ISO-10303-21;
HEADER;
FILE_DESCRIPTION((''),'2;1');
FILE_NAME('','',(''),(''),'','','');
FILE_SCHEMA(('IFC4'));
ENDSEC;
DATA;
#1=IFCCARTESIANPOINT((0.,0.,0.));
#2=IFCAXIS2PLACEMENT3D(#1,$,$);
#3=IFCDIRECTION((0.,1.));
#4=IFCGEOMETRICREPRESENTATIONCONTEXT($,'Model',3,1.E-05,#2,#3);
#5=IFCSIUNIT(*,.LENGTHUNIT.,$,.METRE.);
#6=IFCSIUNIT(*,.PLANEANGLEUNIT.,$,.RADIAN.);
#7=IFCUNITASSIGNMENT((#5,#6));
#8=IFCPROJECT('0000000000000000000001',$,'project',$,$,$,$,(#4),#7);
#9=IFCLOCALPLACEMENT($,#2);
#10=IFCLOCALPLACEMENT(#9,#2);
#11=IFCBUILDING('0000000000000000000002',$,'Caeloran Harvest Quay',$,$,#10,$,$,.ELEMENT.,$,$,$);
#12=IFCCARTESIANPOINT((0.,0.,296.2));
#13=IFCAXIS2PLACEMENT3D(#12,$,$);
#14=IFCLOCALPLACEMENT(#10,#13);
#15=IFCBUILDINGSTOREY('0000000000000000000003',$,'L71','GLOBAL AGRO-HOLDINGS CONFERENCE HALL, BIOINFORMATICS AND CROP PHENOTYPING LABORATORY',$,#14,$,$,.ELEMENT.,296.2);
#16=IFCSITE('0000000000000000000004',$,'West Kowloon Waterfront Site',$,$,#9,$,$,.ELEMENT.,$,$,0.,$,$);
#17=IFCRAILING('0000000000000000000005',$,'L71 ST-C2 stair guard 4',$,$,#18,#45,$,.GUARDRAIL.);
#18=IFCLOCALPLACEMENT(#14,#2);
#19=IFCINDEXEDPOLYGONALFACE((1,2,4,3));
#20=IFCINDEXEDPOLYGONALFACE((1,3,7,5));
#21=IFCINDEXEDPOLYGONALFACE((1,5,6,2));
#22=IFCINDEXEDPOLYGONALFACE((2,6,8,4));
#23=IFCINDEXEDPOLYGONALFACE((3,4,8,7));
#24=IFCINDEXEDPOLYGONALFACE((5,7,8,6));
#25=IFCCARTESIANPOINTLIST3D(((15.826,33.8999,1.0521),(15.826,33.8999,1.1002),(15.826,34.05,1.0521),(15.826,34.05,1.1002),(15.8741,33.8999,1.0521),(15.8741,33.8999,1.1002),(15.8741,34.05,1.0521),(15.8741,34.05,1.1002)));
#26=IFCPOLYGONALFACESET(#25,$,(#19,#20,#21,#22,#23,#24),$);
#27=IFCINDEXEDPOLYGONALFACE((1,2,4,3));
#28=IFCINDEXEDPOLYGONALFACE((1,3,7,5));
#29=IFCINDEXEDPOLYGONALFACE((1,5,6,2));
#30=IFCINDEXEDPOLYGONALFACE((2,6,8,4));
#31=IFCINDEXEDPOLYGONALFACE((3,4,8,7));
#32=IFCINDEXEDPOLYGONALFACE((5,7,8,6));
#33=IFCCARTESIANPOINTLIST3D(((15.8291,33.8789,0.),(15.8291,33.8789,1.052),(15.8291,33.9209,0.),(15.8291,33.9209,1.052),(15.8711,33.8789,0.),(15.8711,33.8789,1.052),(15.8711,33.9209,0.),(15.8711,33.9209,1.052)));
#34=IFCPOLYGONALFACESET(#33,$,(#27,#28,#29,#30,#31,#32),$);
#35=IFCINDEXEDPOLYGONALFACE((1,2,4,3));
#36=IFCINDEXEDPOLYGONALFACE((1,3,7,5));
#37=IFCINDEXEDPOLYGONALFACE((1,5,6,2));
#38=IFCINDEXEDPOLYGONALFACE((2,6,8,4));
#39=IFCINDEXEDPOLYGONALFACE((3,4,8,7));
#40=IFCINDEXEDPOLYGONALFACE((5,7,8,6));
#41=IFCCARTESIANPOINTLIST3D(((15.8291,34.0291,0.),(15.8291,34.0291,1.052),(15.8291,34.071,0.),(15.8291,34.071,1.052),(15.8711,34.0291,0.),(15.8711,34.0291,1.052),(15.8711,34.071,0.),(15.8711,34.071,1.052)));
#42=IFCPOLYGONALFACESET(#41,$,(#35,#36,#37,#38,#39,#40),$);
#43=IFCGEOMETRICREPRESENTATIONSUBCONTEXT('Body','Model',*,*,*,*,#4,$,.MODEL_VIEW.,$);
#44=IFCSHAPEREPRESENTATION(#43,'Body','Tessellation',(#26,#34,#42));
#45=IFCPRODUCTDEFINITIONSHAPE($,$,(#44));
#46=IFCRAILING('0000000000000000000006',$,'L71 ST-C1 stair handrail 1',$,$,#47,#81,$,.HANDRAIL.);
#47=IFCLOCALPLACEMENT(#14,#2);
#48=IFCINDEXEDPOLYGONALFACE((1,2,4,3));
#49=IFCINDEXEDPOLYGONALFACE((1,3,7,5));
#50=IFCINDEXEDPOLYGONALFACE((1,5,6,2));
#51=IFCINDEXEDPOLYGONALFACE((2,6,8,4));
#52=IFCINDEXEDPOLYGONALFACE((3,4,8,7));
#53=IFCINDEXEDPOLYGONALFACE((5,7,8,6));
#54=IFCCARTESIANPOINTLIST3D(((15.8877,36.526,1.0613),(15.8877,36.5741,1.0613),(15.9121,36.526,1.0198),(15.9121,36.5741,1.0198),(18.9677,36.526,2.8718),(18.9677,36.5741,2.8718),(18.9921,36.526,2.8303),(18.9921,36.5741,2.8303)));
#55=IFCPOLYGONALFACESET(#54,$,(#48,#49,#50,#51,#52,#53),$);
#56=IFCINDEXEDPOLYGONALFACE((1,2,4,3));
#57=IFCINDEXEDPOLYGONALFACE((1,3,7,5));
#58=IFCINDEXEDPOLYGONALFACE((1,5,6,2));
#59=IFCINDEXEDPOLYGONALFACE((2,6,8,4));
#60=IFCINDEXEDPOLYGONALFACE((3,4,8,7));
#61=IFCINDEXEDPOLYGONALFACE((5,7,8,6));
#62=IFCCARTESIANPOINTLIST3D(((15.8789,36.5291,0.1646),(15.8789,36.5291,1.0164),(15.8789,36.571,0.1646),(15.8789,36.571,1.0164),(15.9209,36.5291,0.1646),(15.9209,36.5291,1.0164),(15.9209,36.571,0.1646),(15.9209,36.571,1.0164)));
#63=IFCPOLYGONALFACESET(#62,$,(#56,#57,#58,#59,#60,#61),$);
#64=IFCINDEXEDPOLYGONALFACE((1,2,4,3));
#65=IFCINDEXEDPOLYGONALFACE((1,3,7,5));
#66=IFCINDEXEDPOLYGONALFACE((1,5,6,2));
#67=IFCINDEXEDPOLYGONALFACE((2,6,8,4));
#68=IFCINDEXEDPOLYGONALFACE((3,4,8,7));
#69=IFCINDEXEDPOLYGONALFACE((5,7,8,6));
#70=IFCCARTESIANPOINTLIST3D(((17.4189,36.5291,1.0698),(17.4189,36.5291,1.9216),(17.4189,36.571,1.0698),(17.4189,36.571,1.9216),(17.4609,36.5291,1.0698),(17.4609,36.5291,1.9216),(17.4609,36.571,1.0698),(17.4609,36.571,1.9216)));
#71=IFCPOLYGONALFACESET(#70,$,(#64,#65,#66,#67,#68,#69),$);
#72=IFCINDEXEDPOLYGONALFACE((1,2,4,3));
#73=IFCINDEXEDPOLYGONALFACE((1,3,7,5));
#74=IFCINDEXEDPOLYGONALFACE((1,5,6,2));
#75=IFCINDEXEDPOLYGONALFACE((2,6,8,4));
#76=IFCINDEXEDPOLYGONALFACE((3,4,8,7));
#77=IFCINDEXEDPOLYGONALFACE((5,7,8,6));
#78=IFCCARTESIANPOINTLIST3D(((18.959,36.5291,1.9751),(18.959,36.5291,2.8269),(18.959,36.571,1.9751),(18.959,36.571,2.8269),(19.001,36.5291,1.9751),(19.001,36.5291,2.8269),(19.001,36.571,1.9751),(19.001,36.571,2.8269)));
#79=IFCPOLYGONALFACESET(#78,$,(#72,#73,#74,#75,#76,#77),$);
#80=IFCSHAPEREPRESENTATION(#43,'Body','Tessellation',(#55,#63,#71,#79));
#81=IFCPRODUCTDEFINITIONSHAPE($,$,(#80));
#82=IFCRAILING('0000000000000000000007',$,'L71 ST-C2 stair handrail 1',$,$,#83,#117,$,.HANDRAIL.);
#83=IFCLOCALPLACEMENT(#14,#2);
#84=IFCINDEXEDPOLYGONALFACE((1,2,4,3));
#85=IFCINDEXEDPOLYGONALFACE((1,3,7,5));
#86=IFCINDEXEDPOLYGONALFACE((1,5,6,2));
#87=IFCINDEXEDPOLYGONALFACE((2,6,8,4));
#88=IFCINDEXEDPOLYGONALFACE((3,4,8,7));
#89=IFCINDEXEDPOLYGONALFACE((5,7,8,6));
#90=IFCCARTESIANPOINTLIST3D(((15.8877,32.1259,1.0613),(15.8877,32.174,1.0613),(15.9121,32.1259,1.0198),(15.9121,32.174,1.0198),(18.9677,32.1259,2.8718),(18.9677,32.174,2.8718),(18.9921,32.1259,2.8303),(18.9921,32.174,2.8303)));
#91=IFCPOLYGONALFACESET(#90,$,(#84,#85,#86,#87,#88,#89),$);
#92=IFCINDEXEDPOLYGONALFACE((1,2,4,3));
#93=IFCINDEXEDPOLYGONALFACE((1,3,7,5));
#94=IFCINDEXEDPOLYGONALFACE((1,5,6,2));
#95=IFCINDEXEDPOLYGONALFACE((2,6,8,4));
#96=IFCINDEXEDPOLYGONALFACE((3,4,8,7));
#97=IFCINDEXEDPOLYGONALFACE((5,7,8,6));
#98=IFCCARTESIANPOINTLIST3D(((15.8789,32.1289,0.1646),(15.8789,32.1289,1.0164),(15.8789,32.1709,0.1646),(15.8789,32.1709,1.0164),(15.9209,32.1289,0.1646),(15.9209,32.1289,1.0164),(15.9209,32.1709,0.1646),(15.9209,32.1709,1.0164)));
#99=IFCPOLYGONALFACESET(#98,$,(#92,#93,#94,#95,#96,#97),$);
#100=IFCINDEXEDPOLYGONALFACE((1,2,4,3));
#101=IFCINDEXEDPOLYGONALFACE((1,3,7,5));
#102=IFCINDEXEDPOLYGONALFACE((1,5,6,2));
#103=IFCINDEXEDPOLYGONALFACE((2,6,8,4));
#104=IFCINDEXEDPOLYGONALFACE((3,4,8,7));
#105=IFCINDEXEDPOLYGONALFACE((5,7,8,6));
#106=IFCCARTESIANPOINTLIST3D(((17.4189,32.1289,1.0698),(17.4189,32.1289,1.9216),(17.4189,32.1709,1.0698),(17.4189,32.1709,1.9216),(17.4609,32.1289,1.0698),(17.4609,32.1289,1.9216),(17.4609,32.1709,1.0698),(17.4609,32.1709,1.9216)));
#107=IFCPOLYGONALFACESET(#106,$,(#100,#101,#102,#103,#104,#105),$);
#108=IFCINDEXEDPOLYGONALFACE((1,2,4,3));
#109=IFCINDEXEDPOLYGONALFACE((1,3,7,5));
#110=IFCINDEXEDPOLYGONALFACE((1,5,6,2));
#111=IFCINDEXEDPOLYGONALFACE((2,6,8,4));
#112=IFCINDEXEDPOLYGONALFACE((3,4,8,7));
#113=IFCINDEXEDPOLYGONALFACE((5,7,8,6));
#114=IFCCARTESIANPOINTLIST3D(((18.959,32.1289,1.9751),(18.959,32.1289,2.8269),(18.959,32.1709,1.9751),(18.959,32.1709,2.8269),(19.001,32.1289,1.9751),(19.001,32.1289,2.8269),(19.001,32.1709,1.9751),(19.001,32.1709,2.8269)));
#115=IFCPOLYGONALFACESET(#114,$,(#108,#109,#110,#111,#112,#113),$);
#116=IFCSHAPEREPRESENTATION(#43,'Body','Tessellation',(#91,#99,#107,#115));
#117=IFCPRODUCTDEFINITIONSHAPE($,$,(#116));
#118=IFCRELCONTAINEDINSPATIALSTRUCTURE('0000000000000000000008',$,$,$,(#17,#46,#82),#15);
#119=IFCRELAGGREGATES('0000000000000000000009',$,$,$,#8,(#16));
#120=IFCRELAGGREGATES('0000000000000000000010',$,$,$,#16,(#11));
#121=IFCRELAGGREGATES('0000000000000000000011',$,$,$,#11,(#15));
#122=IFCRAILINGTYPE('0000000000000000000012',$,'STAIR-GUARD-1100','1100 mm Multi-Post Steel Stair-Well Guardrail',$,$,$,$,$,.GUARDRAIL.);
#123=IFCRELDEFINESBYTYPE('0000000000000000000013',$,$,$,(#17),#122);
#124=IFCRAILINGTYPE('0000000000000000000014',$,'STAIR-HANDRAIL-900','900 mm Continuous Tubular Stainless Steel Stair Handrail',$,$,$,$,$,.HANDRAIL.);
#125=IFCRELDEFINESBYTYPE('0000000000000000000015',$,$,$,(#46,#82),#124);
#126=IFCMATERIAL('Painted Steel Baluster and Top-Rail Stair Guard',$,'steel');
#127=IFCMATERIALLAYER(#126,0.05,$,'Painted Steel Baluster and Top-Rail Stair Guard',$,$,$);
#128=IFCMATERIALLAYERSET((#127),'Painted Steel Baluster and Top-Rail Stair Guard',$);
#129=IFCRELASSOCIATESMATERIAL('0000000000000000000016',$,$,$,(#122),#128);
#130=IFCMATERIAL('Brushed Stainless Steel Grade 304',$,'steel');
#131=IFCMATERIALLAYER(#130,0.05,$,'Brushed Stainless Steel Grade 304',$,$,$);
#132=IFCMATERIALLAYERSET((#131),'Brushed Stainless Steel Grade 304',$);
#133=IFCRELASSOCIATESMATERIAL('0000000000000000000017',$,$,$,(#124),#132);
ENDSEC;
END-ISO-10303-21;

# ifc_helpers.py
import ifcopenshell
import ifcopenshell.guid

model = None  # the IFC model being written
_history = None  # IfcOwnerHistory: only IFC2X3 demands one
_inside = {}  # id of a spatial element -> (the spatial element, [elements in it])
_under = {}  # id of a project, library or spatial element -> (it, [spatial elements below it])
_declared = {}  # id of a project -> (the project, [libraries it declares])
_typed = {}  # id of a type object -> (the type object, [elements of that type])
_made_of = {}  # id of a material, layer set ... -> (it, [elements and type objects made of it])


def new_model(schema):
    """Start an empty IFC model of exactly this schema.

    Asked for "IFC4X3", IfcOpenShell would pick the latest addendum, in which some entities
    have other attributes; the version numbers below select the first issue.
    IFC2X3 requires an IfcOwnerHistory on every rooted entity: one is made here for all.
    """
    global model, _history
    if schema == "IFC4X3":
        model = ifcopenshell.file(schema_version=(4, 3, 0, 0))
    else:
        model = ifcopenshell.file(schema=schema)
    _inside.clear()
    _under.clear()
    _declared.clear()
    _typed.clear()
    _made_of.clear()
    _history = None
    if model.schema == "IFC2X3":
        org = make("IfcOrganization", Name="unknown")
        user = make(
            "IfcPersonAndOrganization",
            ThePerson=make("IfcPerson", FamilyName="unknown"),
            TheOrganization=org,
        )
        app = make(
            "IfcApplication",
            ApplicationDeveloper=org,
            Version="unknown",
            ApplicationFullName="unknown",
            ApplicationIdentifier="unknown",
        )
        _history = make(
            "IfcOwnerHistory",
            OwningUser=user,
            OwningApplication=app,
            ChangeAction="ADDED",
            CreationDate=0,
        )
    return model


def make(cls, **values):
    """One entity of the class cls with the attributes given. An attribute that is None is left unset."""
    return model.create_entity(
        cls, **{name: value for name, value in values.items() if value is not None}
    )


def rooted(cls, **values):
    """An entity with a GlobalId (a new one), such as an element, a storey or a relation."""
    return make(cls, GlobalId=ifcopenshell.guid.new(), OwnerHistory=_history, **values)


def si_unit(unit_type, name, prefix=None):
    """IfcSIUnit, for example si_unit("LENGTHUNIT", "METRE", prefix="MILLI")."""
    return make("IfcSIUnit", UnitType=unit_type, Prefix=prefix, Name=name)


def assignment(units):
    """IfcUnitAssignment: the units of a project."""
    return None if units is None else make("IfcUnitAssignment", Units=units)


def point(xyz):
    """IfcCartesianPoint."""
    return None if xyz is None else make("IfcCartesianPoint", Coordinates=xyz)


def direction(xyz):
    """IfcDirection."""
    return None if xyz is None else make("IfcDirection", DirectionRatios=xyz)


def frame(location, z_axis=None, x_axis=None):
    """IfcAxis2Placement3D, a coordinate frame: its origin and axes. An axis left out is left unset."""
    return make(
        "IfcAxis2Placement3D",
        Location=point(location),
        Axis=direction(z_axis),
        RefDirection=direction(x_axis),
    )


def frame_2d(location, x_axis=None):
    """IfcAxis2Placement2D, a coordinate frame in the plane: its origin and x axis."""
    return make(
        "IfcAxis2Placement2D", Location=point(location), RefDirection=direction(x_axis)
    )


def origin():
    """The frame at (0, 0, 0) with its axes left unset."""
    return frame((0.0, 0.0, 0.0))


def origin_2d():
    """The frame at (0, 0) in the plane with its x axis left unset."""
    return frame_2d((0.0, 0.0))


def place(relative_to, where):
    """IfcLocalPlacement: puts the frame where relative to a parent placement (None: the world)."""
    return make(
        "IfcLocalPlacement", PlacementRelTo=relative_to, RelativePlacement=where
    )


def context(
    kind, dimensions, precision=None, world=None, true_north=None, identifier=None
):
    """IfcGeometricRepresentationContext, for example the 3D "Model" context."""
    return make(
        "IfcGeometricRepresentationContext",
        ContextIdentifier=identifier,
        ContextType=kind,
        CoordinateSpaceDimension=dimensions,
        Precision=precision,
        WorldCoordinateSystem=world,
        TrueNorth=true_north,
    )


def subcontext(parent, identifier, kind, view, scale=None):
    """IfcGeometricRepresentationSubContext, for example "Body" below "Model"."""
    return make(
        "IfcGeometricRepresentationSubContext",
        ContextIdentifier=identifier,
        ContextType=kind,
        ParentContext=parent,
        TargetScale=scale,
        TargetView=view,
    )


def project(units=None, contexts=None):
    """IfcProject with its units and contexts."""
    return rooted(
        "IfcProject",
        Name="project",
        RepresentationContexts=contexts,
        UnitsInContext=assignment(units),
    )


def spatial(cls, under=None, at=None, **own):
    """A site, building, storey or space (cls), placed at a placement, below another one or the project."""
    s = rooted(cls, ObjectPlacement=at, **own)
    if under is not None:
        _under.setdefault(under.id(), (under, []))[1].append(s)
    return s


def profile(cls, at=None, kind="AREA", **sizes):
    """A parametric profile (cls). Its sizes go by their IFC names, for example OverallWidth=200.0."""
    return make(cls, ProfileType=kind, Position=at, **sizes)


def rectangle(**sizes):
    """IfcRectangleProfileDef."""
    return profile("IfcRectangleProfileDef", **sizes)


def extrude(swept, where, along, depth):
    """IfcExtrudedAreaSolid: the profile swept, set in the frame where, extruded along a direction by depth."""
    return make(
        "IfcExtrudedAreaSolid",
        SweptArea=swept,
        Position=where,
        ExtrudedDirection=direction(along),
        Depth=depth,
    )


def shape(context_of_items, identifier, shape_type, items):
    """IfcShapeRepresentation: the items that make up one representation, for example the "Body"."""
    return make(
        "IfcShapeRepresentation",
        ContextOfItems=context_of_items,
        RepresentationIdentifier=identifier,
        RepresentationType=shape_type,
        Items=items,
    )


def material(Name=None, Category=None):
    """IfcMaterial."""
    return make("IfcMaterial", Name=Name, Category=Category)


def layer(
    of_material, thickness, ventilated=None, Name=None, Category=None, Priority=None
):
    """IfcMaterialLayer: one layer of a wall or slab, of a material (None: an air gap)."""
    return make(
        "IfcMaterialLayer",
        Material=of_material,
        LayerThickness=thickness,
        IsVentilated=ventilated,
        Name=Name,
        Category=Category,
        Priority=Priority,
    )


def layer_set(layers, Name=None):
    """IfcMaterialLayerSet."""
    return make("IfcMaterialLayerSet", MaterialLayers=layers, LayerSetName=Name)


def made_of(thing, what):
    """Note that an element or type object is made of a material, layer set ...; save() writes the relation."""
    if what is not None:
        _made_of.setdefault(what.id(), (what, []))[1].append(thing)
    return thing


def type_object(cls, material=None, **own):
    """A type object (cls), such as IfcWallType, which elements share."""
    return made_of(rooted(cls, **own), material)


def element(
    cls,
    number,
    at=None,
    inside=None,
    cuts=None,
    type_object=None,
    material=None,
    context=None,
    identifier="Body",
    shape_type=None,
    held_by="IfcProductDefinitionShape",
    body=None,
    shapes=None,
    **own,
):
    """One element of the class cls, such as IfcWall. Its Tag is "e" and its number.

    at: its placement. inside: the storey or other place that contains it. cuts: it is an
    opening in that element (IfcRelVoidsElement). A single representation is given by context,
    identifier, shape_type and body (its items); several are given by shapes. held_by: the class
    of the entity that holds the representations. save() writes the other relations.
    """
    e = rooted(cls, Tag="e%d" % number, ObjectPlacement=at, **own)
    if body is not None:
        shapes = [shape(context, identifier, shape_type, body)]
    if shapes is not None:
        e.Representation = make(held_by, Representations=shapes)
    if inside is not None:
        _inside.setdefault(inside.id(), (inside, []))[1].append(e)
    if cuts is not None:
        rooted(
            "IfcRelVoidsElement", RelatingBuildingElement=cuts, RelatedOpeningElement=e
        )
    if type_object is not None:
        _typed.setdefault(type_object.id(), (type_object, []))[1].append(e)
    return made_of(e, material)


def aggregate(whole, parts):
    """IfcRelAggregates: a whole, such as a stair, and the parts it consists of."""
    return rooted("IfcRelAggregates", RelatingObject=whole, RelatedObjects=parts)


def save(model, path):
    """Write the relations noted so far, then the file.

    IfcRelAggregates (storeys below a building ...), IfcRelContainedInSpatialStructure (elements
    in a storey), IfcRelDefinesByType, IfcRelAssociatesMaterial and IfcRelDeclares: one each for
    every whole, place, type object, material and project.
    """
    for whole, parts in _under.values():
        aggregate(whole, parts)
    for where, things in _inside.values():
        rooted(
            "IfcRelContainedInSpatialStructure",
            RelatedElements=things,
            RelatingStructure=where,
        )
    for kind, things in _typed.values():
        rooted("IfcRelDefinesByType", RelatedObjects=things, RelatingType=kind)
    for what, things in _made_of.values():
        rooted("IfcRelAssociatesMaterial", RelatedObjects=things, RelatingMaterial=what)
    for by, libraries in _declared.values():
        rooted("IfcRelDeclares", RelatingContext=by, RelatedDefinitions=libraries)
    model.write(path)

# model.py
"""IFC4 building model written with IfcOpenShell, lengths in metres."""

from ifc_helpers import new_model, si_unit, direction, frame, origin, origin_2d, place, context, subcontext, project, spatial, rectangle, extrude, material, layer, layer_set, type_object, element, save


model = new_model("IFC4")

# Units and contexts
model_context = context("Model", 3, precision=1e-05, world=origin(), true_north=direction((0.0, 1.0)))
body_context = subcontext(model_context, "Body", "Model", "MODEL_VIEW")
ifc_project = project(units=[si_unit("LENGTHUNIT", "METRE"), si_unit("PLANEANGLEUNIT", "RADIAN")], contexts=[model_context])

# Site, building, storey
site_placement = place(None, origin())
site = spatial("IfcSite", under=ifc_project, at=site_placement, Name="West Kowloon Waterfront Site", CompositionType="ELEMENT", RefElevation=0.0)
building_placement = place(site_placement, origin())
building = spatial("IfcBuilding", under=site, at=building_placement, Name="Caeloran Harvest Quay", CompositionType="ELEMENT")
storey_placement = place(building_placement, frame((0.0, 0.0, 296.2)))
storey = spatial("IfcBuildingStorey", under=building, at=storey_placement, Name="L71", Description="GLOBAL AGRO-HOLDINGS CONFERENCE HALL, BIOINFORMATICS AND CROP PHENOTYPING LABORATORY", CompositionType="ELEMENT", Elevation=296.2)

# Railings
ifc_material_1 = material(Name="Painted Steel Baluster and Top-Rail Stair Guard", Category="steel")
ifc_layer_1 = layer(ifc_material_1, 0.05, Name="Painted Steel Baluster and Top-Rail Stair Guard")
ifc_layer_set_1 = layer_set([ifc_layer_1], Name="Painted Steel Baluster and Top-Rail Stair Guard")
railing_type_1 = type_object("IfcRailingType", Name="STAIR-GUARD-1100", Description="1100 mm Multi-Post Steel Stair-Well Guardrail", PredefinedType="GUARDRAIL", material=ifc_layer_set_1)
railing_1_placement = place(storey_placement, frame((15.8501, 33.8999, 0.0)))
element("IfcRailing", 1, at=railing_1_placement, inside=storey, type_object=railing_type_1, Name="L71 ST-C2 stair guard 4", PredefinedType="GUARDRAIL", context=body_context, shape_type="SweptSolid", body=[
    extrude(rectangle(XDim=0.0481, YDim=0.0481, at=origin_2d()), frame((0.0, 0.0, 1.0762), z_axis=(0.0, 1.0, 0.0), x_axis=(-1.0, 0.0, 0.0)), (0.0, 0.0, 1.0), 0.1501),
    extrude(rectangle(XDim=0.042, YDim=0.042, at=origin_2d()), origin(), (0.0, 0.0, 1.0), 1.052),
    extrude(rectangle(XDim=0.042, YDim=0.042, at=origin_2d()), frame((0.0, 0.1501, 0.0)), (0.0, 0.0, 1.0), 1.052),
])
ifc_material_2 = material(Name="Brushed Stainless Steel Grade 304", Category="steel")
ifc_layer_2 = layer(ifc_material_2, 0.05, Name="Brushed Stainless Steel Grade 304")
ifc_layer_set_2 = layer_set([ifc_layer_2], Name="Brushed Stainless Steel Grade 304")
railing_type_2 = type_object("IfcRailingType", Name="STAIR-HANDRAIL-900", Description="900 mm Continuous Tubular Stainless Steel Stair Handrail", PredefinedType="HANDRAIL", material=ifc_layer_set_2)
for number, where, name in (
    (2, (15.8999, 36.55, 0.1646), "L71 ST-C1 stair handrail 1"),
    (3, (15.8999, 32.1499, 0.1646), "L71 ST-C2 stair handrail 1"),
):
    element("IfcRailing", number, at=place(storey_placement, frame(where)), inside=storey, type_object=railing_type_2, Name=name, PredefinedType="HANDRAIL", context=body_context, shape_type="SweptSolid", body=[
        extrude(rectangle(XDim=0.0481, YDim=0.0481, at=origin_2d()), frame((0.0, 0.0, 0.876), z_axis=(0.862089, 0.0, 0.506757), x_axis=(0.0, 1.0, 0.0)), (0.0, 0.0, 1.0), 3.5728),
        extrude(rectangle(XDim=0.042, YDim=0.042, at=origin_2d()), origin(), (0.0, 0.0, 1.0), 0.8518),
        extrude(rectangle(XDim=0.042, YDim=0.042, at=origin_2d()), frame((1.54, 0.0, 0.9053)), (0.0, 0.0, 1.0), 0.8518),
        extrude(rectangle(XDim=0.042, YDim=0.042, at=origin_2d()), frame((3.0801, 0.0, 1.8105)), (0.0, 0.0, 1.0), 0.8518),
    ])

save(model, "model.ifc")
